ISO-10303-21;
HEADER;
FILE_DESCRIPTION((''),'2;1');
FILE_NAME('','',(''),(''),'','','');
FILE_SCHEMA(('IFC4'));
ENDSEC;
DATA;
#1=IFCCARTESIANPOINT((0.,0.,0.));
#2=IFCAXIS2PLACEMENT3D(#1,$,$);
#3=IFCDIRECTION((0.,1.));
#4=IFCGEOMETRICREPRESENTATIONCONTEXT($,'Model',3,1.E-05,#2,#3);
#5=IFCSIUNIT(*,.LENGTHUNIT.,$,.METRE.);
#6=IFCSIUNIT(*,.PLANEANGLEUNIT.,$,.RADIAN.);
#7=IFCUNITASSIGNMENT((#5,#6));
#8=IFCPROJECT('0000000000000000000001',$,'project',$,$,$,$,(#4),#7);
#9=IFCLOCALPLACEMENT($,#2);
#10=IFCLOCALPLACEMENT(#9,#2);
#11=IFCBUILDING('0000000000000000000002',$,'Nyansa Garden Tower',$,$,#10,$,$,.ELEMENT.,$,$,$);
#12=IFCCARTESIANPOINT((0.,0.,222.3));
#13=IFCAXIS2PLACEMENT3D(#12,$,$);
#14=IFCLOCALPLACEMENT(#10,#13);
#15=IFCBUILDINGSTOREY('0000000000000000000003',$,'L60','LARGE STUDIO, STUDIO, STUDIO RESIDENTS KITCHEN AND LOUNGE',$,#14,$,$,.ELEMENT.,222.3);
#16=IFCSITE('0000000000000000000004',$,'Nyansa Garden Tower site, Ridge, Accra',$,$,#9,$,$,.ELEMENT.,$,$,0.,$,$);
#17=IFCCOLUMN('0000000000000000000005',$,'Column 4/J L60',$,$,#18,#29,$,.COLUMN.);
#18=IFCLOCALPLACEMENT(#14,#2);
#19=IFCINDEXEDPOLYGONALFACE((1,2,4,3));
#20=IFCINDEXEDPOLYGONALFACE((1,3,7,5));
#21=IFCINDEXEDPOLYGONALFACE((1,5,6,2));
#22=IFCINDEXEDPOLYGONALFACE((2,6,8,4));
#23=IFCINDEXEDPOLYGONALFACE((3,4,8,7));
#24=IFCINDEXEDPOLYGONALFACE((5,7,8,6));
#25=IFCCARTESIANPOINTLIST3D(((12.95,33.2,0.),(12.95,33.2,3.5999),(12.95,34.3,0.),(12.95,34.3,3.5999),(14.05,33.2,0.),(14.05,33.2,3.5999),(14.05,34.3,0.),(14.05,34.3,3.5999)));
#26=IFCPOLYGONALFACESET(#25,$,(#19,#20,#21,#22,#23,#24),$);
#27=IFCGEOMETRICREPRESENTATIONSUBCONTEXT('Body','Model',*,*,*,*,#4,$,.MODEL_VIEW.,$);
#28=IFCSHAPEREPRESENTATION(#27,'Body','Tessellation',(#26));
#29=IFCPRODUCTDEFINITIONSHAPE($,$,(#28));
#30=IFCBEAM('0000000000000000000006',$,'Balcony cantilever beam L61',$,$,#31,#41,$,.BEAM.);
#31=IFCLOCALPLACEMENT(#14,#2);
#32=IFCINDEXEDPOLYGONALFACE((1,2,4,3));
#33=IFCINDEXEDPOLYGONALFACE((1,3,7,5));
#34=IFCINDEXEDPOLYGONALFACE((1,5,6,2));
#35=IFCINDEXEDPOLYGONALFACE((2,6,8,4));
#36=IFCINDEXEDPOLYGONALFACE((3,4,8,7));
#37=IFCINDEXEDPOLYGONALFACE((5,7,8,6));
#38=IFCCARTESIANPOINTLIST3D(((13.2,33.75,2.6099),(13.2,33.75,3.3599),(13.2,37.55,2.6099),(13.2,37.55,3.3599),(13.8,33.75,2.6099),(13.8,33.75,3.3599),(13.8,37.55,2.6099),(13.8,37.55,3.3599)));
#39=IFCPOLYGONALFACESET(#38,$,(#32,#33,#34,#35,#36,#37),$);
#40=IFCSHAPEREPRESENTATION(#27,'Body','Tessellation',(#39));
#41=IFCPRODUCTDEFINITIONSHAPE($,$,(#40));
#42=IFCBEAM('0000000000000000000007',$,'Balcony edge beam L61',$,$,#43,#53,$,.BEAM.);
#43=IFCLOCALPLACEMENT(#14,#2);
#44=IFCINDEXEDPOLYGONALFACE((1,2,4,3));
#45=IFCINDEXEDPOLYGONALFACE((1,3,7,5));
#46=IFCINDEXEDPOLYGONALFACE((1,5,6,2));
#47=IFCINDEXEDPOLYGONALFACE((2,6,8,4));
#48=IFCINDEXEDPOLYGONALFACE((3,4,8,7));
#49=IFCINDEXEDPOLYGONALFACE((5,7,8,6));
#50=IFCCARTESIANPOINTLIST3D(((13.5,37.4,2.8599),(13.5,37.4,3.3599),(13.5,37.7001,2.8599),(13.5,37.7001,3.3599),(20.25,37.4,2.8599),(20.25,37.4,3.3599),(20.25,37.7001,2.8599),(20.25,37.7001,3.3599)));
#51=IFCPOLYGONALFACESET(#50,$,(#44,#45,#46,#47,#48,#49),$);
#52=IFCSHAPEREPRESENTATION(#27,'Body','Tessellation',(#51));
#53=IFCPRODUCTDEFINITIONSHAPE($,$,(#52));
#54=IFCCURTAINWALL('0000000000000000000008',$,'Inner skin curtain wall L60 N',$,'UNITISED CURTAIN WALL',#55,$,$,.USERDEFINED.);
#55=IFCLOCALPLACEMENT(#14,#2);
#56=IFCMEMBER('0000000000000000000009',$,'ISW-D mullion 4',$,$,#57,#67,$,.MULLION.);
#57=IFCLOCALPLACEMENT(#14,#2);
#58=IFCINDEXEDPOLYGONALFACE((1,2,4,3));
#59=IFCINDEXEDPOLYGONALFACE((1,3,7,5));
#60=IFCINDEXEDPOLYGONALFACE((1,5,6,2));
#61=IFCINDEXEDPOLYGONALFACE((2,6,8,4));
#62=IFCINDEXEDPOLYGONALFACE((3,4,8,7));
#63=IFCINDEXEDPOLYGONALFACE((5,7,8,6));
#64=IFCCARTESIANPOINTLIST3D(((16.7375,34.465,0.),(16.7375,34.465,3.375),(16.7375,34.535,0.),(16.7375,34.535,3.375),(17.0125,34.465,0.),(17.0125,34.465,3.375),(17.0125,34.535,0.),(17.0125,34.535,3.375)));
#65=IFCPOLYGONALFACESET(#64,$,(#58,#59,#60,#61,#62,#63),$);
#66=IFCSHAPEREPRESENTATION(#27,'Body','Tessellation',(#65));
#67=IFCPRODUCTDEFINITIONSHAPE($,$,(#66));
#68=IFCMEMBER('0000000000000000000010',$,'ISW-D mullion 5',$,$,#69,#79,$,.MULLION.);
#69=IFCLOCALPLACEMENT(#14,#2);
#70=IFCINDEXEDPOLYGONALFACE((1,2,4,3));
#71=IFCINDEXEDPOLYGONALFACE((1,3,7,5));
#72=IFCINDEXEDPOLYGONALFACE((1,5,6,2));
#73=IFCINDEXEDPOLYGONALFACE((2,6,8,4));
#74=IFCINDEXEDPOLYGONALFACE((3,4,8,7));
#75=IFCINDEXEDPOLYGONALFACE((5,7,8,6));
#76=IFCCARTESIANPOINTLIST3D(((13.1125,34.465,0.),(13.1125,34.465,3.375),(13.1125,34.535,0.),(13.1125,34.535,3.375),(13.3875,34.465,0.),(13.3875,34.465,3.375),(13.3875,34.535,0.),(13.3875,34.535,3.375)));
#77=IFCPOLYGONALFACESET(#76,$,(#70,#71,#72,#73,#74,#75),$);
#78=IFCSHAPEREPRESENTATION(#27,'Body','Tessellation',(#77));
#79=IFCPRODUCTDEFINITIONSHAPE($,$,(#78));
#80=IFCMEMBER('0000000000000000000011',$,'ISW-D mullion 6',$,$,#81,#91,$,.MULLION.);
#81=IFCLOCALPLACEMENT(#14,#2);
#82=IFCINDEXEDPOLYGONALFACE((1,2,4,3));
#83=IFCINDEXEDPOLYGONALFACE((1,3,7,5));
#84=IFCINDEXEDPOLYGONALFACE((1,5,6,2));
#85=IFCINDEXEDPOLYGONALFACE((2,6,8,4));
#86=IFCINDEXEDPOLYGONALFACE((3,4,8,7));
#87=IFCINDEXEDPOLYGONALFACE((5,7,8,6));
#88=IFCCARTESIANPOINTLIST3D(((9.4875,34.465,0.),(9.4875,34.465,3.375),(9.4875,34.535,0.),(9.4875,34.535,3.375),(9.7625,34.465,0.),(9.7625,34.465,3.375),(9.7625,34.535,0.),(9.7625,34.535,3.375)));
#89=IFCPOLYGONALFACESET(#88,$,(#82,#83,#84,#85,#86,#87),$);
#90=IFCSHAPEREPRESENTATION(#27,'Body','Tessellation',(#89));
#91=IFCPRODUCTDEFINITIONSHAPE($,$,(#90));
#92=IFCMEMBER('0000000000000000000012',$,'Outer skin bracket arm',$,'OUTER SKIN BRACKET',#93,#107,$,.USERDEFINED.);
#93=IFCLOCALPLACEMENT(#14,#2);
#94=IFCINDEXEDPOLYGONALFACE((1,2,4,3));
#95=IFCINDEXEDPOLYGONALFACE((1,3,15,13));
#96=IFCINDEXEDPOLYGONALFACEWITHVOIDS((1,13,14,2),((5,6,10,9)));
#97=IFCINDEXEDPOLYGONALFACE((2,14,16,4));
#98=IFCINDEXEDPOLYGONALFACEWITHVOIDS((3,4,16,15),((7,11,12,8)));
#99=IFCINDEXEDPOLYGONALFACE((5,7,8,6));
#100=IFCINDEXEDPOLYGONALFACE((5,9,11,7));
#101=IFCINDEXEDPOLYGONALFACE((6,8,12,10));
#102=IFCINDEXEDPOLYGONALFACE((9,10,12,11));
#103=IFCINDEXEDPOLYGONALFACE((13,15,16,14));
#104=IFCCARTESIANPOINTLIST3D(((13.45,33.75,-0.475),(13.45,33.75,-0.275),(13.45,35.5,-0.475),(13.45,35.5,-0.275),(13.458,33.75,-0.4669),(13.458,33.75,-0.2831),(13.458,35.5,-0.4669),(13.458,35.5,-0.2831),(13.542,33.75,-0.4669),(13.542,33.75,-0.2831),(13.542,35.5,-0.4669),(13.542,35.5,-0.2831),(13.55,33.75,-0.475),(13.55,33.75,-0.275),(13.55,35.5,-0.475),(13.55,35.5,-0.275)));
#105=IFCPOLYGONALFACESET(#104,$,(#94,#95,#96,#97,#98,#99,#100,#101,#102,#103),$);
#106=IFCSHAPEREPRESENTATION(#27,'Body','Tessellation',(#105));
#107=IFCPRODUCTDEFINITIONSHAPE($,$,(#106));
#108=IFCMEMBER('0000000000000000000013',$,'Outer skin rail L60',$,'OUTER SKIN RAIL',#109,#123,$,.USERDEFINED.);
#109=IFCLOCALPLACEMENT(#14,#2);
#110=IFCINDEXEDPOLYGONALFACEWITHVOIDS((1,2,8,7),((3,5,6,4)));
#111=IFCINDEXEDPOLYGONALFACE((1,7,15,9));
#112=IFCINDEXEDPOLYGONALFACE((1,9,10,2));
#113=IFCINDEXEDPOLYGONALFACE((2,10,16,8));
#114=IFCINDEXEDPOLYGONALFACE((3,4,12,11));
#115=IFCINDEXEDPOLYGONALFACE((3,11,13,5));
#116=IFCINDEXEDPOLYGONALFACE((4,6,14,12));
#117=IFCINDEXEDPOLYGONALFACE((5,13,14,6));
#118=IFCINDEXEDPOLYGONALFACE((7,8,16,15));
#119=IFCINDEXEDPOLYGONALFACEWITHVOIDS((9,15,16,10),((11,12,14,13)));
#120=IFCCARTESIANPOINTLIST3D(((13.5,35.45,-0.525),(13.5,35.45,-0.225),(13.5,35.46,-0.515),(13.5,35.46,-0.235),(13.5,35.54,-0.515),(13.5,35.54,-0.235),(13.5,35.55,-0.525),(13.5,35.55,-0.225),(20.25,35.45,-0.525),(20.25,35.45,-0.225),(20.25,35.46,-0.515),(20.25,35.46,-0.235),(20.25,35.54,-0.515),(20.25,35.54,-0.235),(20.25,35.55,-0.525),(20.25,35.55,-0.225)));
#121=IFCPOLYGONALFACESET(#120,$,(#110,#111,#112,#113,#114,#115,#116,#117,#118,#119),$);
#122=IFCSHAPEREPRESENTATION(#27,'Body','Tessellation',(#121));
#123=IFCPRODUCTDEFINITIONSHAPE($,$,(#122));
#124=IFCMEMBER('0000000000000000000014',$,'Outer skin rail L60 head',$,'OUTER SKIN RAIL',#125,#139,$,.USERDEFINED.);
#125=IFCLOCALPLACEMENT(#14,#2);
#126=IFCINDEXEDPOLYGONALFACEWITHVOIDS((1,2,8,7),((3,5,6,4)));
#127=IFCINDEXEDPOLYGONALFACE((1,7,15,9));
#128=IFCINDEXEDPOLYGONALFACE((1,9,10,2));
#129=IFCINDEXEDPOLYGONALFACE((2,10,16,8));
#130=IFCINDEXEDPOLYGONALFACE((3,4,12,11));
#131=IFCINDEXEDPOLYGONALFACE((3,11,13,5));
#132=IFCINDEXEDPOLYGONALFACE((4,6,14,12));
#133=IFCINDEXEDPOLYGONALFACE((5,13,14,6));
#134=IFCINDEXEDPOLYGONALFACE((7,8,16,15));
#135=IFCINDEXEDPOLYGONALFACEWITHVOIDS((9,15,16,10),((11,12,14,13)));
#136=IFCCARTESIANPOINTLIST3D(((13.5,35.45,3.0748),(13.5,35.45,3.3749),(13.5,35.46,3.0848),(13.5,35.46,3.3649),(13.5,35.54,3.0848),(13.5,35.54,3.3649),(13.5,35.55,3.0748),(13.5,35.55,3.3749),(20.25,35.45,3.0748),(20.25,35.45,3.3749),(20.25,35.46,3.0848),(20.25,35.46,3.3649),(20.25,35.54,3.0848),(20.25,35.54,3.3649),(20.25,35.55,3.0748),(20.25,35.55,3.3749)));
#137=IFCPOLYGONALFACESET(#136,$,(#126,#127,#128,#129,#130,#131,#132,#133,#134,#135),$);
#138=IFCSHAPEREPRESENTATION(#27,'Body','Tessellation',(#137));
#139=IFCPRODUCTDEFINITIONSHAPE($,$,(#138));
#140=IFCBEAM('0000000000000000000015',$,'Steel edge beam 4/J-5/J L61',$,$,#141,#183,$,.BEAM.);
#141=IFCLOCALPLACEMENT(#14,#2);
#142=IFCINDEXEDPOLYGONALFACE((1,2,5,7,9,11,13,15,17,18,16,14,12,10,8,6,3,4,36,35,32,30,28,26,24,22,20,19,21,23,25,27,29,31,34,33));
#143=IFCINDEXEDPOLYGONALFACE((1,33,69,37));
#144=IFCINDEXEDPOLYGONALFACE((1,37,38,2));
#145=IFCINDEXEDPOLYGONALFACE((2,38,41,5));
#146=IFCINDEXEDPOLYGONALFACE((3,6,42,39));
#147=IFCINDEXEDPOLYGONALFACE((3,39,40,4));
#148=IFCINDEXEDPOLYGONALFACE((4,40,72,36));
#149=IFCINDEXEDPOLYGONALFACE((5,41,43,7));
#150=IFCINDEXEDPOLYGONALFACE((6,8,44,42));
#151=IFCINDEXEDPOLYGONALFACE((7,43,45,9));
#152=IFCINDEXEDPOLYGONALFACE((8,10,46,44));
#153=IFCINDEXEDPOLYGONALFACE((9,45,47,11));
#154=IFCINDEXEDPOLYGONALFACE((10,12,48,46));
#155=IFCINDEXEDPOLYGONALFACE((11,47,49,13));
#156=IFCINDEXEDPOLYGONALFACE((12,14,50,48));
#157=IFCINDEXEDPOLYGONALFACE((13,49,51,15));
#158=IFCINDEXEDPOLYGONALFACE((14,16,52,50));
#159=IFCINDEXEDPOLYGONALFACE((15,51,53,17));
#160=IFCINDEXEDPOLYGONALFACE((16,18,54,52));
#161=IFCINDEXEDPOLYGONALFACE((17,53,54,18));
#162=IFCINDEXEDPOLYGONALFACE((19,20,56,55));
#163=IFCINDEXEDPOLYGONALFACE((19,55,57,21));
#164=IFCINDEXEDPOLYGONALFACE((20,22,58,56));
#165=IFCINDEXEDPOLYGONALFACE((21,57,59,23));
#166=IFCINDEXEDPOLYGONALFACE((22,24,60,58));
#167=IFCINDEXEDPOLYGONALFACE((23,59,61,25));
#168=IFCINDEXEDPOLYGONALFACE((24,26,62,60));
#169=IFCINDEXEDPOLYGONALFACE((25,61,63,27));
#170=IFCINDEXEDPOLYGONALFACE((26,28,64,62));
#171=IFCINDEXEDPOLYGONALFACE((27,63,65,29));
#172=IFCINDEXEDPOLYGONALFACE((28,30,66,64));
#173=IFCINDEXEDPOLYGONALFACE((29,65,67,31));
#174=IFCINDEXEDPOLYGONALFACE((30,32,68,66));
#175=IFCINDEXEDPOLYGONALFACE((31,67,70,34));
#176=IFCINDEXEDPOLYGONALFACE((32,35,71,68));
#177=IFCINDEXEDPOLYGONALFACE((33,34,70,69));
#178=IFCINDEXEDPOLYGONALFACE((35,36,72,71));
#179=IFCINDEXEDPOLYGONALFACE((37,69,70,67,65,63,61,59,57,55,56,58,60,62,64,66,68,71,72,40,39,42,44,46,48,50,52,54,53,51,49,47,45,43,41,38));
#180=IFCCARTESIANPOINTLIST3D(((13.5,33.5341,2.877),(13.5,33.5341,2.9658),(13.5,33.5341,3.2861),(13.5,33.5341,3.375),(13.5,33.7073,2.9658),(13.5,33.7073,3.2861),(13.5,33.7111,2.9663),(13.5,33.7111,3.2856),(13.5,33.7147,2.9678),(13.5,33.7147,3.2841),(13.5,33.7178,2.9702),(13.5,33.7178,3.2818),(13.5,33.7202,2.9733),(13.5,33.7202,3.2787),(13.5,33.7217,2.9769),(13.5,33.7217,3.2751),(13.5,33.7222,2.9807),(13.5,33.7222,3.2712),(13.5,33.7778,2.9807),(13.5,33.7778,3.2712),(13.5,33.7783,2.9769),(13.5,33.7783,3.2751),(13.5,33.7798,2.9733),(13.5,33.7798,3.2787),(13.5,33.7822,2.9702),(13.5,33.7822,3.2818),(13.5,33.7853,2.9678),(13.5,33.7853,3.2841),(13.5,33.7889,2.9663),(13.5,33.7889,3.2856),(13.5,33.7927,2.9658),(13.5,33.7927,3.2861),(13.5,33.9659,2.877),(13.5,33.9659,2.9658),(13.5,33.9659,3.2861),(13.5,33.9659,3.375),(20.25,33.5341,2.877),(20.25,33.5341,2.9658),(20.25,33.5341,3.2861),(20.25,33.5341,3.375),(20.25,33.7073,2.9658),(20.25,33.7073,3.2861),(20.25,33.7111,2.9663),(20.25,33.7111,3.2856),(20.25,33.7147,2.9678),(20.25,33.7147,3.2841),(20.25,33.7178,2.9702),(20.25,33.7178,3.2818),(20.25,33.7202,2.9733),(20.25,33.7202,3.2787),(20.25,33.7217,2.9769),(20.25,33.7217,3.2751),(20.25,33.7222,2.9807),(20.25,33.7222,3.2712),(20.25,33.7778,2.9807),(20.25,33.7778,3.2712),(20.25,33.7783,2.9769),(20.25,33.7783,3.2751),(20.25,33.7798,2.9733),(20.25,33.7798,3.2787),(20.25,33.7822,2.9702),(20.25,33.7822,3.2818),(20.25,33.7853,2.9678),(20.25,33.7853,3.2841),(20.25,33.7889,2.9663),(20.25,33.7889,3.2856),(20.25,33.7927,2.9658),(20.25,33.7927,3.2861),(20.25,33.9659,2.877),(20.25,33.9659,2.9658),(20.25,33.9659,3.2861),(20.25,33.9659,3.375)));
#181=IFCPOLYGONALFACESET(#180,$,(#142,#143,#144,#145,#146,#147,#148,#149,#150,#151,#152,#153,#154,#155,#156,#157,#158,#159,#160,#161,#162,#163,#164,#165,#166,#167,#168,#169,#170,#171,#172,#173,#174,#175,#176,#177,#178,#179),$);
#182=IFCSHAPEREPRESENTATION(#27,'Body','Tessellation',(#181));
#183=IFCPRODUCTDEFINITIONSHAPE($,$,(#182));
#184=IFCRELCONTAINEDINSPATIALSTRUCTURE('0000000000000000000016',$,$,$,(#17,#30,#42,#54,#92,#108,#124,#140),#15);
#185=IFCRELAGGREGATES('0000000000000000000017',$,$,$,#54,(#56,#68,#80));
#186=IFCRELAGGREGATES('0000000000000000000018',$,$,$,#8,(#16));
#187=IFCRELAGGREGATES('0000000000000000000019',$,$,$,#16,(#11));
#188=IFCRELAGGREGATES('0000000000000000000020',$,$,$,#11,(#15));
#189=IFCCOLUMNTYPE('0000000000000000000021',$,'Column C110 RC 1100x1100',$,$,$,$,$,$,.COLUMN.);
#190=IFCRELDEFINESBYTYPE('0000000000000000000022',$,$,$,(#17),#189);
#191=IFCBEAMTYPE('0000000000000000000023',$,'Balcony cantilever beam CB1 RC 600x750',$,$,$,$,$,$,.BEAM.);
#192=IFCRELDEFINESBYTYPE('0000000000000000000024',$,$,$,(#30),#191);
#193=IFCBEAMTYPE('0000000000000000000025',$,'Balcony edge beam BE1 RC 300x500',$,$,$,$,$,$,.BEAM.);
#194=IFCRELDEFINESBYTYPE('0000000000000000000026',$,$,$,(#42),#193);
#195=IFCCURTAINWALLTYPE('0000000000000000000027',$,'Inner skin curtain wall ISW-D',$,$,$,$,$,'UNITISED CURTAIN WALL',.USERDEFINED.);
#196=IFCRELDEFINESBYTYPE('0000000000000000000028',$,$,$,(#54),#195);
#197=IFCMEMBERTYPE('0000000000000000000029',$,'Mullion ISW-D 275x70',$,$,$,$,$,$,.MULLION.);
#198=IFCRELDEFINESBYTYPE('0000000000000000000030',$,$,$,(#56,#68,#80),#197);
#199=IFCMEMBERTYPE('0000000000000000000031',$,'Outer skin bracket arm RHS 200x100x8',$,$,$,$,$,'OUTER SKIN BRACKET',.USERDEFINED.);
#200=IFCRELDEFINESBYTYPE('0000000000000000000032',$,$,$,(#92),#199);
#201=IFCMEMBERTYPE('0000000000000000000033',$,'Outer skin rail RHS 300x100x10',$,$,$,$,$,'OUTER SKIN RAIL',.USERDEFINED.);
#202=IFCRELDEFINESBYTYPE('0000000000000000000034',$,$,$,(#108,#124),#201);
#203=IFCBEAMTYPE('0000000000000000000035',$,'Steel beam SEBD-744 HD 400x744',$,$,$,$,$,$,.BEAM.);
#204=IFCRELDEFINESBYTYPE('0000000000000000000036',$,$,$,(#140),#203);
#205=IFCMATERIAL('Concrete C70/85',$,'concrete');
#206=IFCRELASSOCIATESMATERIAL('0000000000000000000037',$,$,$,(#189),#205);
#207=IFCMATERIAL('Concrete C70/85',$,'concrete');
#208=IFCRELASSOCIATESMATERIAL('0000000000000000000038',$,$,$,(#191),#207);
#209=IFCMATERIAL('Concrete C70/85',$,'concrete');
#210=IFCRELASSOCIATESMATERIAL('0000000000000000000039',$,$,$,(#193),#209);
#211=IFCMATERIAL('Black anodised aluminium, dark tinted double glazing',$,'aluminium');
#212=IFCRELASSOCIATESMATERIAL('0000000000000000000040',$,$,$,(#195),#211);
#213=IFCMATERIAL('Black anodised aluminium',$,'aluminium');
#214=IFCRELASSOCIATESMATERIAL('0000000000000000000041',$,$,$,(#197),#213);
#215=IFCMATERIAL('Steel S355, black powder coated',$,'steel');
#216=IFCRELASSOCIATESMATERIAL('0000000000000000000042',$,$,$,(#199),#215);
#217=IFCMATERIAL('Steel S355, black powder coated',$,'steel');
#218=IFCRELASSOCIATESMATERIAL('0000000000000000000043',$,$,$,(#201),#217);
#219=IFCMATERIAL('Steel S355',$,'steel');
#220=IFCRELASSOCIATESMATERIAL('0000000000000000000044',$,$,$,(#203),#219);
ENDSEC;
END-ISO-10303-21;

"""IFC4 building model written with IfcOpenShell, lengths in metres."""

from ifc_helpers import new_model, si_unit, direction, frame, origin, origin_2d, place, context, subcontext, project, spatial, rectangle, hollow_rectangle, i_section, extrude, material, material_profile, profile_set, type_object, element, aggregate, save


model = new_model("IFC4")

# Units and contexts
model_context = context("Model", 3, precision=1e-05, world=origin(), true_north=direction((0.0, 1.0)))
body_context = subcontext(model_context, "Body", "Model", "MODEL_VIEW")
ifc_project = project(units=[si_unit("LENGTHUNIT", "METRE"), si_unit("PLANEANGLEUNIT", "RADIAN")], contexts=[model_context])

# Site, building, storey
site_placement = place(None, origin())
site = spatial("IfcSite", under=ifc_project, at=site_placement, Name="Nyansa Garden Tower site, Ridge, Accra", CompositionType="ELEMENT", RefElevation=0.0)
building_placement = place(site_placement, origin())
building = spatial("IfcBuilding", under=site, at=building_placement, Name="Nyansa Garden Tower", CompositionType="ELEMENT")
storey_placement = place(building_placement, frame((0.0, 0.0, 222.3)))
storey = spatial("IfcBuildingStorey", under=building, at=storey_placement, Name="L60", Description="LARGE STUDIO, STUDIO, STUDIO RESIDENTS KITCHEN AND LOUNGE", CompositionType="ELEMENT", Elevation=222.3)

# Column
ifc_material_1 = material(Name="Concrete C70/85", Category="concrete")
ifc_material_profile_1 = material_profile(ifc_material_1, rectangle(XDim=1.1001, YDim=1.1001, at=origin_2d()), Name="RC 1100x1100")
ifc_profile_set_1 = profile_set([ifc_material_profile_1], Name="Concrete C70/85")
column_type = type_object("IfcColumnType", Name="Column C110 RC 1100x1100", PredefinedType="COLUMN", material=ifc_profile_set_1)
column_placement = place(storey_placement, frame((13.5, 33.75, 0.0), z_axis=(0.0, 0.0, 1.0), x_axis=(1.0, 0.0, 0.0)))
element("IfcColumn", 1, at=column_placement, inside=storey, type_object=column_type, Name="Column 4/J L60", PredefinedType="COLUMN", context=body_context, shape_type="SweptSolid", body=[
    extrude(rectangle(XDim=1.1001, YDim=1.1001, at=origin_2d()), origin(), (0.0, 0.0, 1.0), 3.5999),
])

# Beams
ifc_material_2 = material(Name="Concrete C70/85", Category="concrete")
ifc_material_profile_2 = material_profile(ifc_material_2, rectangle(XDim=0.6001, YDim=0.75, at=origin_2d()), Name="RC 600x750")
ifc_profile_set_2 = profile_set([ifc_material_profile_2], Name="Concrete C70/85")
beam_type_1 = type_object("IfcBeamType", Name="Balcony cantilever beam CB1 RC 600x750", PredefinedType="BEAM", material=ifc_profile_set_2)
beam_1_placement = place(storey_placement, frame((13.5, 33.75, 2.9849), z_axis=(0.0, 1.0, 0.0), x_axis=(-1.0, 0.0, 0.0)))
element("IfcBeam", 2, at=beam_1_placement, inside=storey, type_object=beam_type_1, Name="Balcony cantilever beam L61", PredefinedType="BEAM", context=body_context, shape_type="SweptSolid", body=[
    extrude(rectangle(XDim=0.6001, YDim=0.75, at=origin_2d()), origin(), (0.0, 0.0, 1.0), 3.8),
])
ifc_material_3 = material(Name="Concrete C70/85", Category="concrete")
ifc_material_profile_3 = material_profile(ifc_material_3, rectangle(XDim=0.3, YDim=0.5, at=origin_2d()), Name="RC 300x500")
ifc_profile_set_3 = profile_set([ifc_material_profile_3], Name="Concrete C70/85")
beam_type_2 = type_object("IfcBeamType", Name="Balcony edge beam BE1 RC 300x500", PredefinedType="BEAM", material=ifc_profile_set_3)
beam_2_placement = place(storey_placement, frame((13.5, 37.55, 3.1099), z_axis=(1.0, 0.0, 0.0), x_axis=(0.0, 1.0, 0.0)))
element("IfcBeam", 3, at=beam_2_placement, inside=storey, type_object=beam_type_2, Name="Balcony edge beam L61", PredefinedType="BEAM", context=body_context, shape_type="SweptSolid", body=[
    extrude(rectangle(XDim=0.3, YDim=0.5, at=origin_2d()), origin(), (0.0, 0.0, 1.0), 6.75),
])

# Curtain wall, members
ifc_material_4 = material(Name="Black anodised aluminium, dark tinted double glazing", Category="aluminium")
curtain_wall_type = type_object("IfcCurtainWallType", Name="Inner skin curtain wall ISW-D", ElementType="UNITISED CURTAIN WALL", PredefinedType="USERDEFINED", material=ifc_material_4)
curtain_wall_placement = place(storey_placement, origin())
curtain_wall = element("IfcCurtainWall", 4, at=curtain_wall_placement, inside=storey, type_object=curtain_wall_type, Name="Inner skin curtain wall L60 N", ObjectType="UNITISED CURTAIN WALL", PredefinedType="USERDEFINED")
ifc_material_5 = material(Name="Black anodised aluminium", Category="aluminium")
ifc_material_profile_4 = material_profile(ifc_material_5, rectangle(XDim=0.0701, YDim=0.2749, at=origin_2d()), Name="Mullion 275x70")
ifc_profile_set_4 = profile_set([ifc_material_profile_4], Name="Black anodised aluminium")
member_type_1 = type_object("IfcMemberType", Name="Mullion ISW-D 275x70", PredefinedType="MULLION", material=ifc_profile_set_4)
member_1_placement = place(storey_placement, frame((16.875, 34.5, 0.0), z_axis=(0.0, 0.0, 1.0), x_axis=(0.0, -1.0, 0.0)))
member_1 = element("IfcMember", 5, at=member_1_placement, type_object=member_type_1, Name="ISW-D mullion 4", PredefinedType="MULLION", context=body_context, shape_type="SweptSolid", body=[
    extrude(rectangle(XDim=0.0701, YDim=0.2749, at=origin_2d()), origin(), (0.0, 0.0, 1.0), 3.375),
])
member_2_placement = place(storey_placement, frame((13.25, 34.5, 0.0), z_axis=(0.0, 0.0, 1.0), x_axis=(0.0, -1.0, 0.0)))
member_2 = element("IfcMember", 6, at=member_2_placement, type_object=member_type_1, Name="ISW-D mullion 5", PredefinedType="MULLION", context=body_context, shape_type="SweptSolid", body=[
    extrude(rectangle(XDim=0.0701, YDim=0.2749, at=origin_2d()), origin(), (0.0, 0.0, 1.0), 3.375),
])
member_3_placement = place(storey_placement, frame((9.625, 34.5, 0.0), z_axis=(0.0, 0.0, 1.0), x_axis=(0.0, -1.0, 0.0)))
member_3 = element("IfcMember", 7, at=member_3_placement, type_object=member_type_1, Name="ISW-D mullion 6", PredefinedType="MULLION", context=body_context, shape_type="SweptSolid", body=[
    extrude(rectangle(XDim=0.0701, YDim=0.2749, at=origin_2d()), origin(), (0.0, 0.0, 1.0), 3.375),
])

# Members
ifc_material_6 = material(Name="Steel S355, black powder coated", Category="steel")
ifc_material_profile_5 = material_profile(ifc_material_6, hollow_rectangle(XDim=0.1001, YDim=0.2, WallThickness=0.0081, at=origin_2d()), Name="RHS 200x100x8")
ifc_profile_set_5 = profile_set([ifc_material_profile_5], Name="Steel S355, black powder coated")
member_type_2 = type_object("IfcMemberType", Name="Outer skin bracket arm RHS 200x100x8", ElementType="OUTER SKIN BRACKET", PredefinedType="USERDEFINED", material=ifc_profile_set_5)
member_4_placement = place(storey_placement, frame((13.5, 33.75, -0.375), z_axis=(0.0, 1.0, 0.0), x_axis=(-1.0, 0.0, 0.0)))
element("IfcMember", 8, at=member_4_placement, inside=storey, type_object=member_type_2, Name="Outer skin bracket arm", ObjectType="OUTER SKIN BRACKET", PredefinedType="USERDEFINED", context=body_context, shape_type="SweptSolid", body=[
    extrude(hollow_rectangle(XDim=0.1001, YDim=0.2, WallThickness=0.0081, at=origin_2d()), origin(), (0.0, 0.0, 1.0), 1.75),
])
ifc_material_7 = material(Name="Steel S355, black powder coated", Category="steel")
ifc_material_profile_6 = material_profile(ifc_material_7, hollow_rectangle(XDim=0.1001, YDim=0.3, WallThickness=0.01, at=origin_2d()), Name="RHS 300x100x10")
ifc_profile_set_6 = profile_set([ifc_material_profile_6], Name="Steel S355, black powder coated")
member_type_3 = type_object("IfcMemberType", Name="Outer skin rail RHS 300x100x10", ElementType="OUTER SKIN RAIL", PredefinedType="USERDEFINED", material=ifc_profile_set_6)
for number, where, z_axis, x_axis, name in (
    (9, (13.5, 35.5, -0.375), (1.0, 0.0, 0.0), (0.0, 1.0, 0.0), "Outer skin rail L60"),
    (10, (13.5, 35.5, 3.2249), (1.0, 0.0, 0.0), (0.0, 1.0, 0.0), "Outer skin rail L60 head"),
):
    element("IfcMember", number, at=place(storey_placement, frame(where, z_axis=z_axis, x_axis=x_axis)), inside=storey, type_object=member_type_3, Name=name, ObjectType="OUTER SKIN RAIL", PredefinedType="USERDEFINED", context=body_context, shape_type="SweptSolid", body=[
        extrude(hollow_rectangle(XDim=0.1001, YDim=0.3, WallThickness=0.01, at=origin_2d()), origin(), (0.0, 0.0, 1.0), 6.75),
    ])

# Beam
ifc_material_8 = material(Name="Steel S355", Category="steel")
ifc_material_profile_7 = material_profile(ifc_material_8, i_section(OverallWidth=0.4319, OverallDepth=0.498, WebThickness=0.0557, FlangeThickness=0.0889, FilletRadius=0.0149, at=origin_2d()), Name="HD 400x744")
ifc_profile_set_7 = profile_set([ifc_material_profile_7], Name="Steel S355")
beam_type_3 = type_object("IfcBeamType", Name="Steel beam SEBD-744 HD 400x744", PredefinedType="BEAM", material=ifc_profile_set_7)
beam_3_placement = place(storey_placement, frame((13.5, 33.75, 3.126), z_axis=(1.0, 0.0, 0.0), x_axis=(0.0, 1.0, 0.0)))
element("IfcBeam", 11, at=beam_3_placement, inside=storey, type_object=beam_type_3, Name="Steel edge beam 4/J-5/J L61", PredefinedType="BEAM", context=body_context, shape_type="SweptSolid", body=[
    extrude(i_section(OverallWidth=0.4319, OverallDepth=0.498, WebThickness=0.0557, FlangeThickness=0.0889, FilletRadius=0.0149, at=origin_2d()), origin(), (0.0, 0.0, 1.0), 6.75),
])

aggregate(curtain_wall, [member_1, member_2, member_3])

save(model, "model.ifc")
